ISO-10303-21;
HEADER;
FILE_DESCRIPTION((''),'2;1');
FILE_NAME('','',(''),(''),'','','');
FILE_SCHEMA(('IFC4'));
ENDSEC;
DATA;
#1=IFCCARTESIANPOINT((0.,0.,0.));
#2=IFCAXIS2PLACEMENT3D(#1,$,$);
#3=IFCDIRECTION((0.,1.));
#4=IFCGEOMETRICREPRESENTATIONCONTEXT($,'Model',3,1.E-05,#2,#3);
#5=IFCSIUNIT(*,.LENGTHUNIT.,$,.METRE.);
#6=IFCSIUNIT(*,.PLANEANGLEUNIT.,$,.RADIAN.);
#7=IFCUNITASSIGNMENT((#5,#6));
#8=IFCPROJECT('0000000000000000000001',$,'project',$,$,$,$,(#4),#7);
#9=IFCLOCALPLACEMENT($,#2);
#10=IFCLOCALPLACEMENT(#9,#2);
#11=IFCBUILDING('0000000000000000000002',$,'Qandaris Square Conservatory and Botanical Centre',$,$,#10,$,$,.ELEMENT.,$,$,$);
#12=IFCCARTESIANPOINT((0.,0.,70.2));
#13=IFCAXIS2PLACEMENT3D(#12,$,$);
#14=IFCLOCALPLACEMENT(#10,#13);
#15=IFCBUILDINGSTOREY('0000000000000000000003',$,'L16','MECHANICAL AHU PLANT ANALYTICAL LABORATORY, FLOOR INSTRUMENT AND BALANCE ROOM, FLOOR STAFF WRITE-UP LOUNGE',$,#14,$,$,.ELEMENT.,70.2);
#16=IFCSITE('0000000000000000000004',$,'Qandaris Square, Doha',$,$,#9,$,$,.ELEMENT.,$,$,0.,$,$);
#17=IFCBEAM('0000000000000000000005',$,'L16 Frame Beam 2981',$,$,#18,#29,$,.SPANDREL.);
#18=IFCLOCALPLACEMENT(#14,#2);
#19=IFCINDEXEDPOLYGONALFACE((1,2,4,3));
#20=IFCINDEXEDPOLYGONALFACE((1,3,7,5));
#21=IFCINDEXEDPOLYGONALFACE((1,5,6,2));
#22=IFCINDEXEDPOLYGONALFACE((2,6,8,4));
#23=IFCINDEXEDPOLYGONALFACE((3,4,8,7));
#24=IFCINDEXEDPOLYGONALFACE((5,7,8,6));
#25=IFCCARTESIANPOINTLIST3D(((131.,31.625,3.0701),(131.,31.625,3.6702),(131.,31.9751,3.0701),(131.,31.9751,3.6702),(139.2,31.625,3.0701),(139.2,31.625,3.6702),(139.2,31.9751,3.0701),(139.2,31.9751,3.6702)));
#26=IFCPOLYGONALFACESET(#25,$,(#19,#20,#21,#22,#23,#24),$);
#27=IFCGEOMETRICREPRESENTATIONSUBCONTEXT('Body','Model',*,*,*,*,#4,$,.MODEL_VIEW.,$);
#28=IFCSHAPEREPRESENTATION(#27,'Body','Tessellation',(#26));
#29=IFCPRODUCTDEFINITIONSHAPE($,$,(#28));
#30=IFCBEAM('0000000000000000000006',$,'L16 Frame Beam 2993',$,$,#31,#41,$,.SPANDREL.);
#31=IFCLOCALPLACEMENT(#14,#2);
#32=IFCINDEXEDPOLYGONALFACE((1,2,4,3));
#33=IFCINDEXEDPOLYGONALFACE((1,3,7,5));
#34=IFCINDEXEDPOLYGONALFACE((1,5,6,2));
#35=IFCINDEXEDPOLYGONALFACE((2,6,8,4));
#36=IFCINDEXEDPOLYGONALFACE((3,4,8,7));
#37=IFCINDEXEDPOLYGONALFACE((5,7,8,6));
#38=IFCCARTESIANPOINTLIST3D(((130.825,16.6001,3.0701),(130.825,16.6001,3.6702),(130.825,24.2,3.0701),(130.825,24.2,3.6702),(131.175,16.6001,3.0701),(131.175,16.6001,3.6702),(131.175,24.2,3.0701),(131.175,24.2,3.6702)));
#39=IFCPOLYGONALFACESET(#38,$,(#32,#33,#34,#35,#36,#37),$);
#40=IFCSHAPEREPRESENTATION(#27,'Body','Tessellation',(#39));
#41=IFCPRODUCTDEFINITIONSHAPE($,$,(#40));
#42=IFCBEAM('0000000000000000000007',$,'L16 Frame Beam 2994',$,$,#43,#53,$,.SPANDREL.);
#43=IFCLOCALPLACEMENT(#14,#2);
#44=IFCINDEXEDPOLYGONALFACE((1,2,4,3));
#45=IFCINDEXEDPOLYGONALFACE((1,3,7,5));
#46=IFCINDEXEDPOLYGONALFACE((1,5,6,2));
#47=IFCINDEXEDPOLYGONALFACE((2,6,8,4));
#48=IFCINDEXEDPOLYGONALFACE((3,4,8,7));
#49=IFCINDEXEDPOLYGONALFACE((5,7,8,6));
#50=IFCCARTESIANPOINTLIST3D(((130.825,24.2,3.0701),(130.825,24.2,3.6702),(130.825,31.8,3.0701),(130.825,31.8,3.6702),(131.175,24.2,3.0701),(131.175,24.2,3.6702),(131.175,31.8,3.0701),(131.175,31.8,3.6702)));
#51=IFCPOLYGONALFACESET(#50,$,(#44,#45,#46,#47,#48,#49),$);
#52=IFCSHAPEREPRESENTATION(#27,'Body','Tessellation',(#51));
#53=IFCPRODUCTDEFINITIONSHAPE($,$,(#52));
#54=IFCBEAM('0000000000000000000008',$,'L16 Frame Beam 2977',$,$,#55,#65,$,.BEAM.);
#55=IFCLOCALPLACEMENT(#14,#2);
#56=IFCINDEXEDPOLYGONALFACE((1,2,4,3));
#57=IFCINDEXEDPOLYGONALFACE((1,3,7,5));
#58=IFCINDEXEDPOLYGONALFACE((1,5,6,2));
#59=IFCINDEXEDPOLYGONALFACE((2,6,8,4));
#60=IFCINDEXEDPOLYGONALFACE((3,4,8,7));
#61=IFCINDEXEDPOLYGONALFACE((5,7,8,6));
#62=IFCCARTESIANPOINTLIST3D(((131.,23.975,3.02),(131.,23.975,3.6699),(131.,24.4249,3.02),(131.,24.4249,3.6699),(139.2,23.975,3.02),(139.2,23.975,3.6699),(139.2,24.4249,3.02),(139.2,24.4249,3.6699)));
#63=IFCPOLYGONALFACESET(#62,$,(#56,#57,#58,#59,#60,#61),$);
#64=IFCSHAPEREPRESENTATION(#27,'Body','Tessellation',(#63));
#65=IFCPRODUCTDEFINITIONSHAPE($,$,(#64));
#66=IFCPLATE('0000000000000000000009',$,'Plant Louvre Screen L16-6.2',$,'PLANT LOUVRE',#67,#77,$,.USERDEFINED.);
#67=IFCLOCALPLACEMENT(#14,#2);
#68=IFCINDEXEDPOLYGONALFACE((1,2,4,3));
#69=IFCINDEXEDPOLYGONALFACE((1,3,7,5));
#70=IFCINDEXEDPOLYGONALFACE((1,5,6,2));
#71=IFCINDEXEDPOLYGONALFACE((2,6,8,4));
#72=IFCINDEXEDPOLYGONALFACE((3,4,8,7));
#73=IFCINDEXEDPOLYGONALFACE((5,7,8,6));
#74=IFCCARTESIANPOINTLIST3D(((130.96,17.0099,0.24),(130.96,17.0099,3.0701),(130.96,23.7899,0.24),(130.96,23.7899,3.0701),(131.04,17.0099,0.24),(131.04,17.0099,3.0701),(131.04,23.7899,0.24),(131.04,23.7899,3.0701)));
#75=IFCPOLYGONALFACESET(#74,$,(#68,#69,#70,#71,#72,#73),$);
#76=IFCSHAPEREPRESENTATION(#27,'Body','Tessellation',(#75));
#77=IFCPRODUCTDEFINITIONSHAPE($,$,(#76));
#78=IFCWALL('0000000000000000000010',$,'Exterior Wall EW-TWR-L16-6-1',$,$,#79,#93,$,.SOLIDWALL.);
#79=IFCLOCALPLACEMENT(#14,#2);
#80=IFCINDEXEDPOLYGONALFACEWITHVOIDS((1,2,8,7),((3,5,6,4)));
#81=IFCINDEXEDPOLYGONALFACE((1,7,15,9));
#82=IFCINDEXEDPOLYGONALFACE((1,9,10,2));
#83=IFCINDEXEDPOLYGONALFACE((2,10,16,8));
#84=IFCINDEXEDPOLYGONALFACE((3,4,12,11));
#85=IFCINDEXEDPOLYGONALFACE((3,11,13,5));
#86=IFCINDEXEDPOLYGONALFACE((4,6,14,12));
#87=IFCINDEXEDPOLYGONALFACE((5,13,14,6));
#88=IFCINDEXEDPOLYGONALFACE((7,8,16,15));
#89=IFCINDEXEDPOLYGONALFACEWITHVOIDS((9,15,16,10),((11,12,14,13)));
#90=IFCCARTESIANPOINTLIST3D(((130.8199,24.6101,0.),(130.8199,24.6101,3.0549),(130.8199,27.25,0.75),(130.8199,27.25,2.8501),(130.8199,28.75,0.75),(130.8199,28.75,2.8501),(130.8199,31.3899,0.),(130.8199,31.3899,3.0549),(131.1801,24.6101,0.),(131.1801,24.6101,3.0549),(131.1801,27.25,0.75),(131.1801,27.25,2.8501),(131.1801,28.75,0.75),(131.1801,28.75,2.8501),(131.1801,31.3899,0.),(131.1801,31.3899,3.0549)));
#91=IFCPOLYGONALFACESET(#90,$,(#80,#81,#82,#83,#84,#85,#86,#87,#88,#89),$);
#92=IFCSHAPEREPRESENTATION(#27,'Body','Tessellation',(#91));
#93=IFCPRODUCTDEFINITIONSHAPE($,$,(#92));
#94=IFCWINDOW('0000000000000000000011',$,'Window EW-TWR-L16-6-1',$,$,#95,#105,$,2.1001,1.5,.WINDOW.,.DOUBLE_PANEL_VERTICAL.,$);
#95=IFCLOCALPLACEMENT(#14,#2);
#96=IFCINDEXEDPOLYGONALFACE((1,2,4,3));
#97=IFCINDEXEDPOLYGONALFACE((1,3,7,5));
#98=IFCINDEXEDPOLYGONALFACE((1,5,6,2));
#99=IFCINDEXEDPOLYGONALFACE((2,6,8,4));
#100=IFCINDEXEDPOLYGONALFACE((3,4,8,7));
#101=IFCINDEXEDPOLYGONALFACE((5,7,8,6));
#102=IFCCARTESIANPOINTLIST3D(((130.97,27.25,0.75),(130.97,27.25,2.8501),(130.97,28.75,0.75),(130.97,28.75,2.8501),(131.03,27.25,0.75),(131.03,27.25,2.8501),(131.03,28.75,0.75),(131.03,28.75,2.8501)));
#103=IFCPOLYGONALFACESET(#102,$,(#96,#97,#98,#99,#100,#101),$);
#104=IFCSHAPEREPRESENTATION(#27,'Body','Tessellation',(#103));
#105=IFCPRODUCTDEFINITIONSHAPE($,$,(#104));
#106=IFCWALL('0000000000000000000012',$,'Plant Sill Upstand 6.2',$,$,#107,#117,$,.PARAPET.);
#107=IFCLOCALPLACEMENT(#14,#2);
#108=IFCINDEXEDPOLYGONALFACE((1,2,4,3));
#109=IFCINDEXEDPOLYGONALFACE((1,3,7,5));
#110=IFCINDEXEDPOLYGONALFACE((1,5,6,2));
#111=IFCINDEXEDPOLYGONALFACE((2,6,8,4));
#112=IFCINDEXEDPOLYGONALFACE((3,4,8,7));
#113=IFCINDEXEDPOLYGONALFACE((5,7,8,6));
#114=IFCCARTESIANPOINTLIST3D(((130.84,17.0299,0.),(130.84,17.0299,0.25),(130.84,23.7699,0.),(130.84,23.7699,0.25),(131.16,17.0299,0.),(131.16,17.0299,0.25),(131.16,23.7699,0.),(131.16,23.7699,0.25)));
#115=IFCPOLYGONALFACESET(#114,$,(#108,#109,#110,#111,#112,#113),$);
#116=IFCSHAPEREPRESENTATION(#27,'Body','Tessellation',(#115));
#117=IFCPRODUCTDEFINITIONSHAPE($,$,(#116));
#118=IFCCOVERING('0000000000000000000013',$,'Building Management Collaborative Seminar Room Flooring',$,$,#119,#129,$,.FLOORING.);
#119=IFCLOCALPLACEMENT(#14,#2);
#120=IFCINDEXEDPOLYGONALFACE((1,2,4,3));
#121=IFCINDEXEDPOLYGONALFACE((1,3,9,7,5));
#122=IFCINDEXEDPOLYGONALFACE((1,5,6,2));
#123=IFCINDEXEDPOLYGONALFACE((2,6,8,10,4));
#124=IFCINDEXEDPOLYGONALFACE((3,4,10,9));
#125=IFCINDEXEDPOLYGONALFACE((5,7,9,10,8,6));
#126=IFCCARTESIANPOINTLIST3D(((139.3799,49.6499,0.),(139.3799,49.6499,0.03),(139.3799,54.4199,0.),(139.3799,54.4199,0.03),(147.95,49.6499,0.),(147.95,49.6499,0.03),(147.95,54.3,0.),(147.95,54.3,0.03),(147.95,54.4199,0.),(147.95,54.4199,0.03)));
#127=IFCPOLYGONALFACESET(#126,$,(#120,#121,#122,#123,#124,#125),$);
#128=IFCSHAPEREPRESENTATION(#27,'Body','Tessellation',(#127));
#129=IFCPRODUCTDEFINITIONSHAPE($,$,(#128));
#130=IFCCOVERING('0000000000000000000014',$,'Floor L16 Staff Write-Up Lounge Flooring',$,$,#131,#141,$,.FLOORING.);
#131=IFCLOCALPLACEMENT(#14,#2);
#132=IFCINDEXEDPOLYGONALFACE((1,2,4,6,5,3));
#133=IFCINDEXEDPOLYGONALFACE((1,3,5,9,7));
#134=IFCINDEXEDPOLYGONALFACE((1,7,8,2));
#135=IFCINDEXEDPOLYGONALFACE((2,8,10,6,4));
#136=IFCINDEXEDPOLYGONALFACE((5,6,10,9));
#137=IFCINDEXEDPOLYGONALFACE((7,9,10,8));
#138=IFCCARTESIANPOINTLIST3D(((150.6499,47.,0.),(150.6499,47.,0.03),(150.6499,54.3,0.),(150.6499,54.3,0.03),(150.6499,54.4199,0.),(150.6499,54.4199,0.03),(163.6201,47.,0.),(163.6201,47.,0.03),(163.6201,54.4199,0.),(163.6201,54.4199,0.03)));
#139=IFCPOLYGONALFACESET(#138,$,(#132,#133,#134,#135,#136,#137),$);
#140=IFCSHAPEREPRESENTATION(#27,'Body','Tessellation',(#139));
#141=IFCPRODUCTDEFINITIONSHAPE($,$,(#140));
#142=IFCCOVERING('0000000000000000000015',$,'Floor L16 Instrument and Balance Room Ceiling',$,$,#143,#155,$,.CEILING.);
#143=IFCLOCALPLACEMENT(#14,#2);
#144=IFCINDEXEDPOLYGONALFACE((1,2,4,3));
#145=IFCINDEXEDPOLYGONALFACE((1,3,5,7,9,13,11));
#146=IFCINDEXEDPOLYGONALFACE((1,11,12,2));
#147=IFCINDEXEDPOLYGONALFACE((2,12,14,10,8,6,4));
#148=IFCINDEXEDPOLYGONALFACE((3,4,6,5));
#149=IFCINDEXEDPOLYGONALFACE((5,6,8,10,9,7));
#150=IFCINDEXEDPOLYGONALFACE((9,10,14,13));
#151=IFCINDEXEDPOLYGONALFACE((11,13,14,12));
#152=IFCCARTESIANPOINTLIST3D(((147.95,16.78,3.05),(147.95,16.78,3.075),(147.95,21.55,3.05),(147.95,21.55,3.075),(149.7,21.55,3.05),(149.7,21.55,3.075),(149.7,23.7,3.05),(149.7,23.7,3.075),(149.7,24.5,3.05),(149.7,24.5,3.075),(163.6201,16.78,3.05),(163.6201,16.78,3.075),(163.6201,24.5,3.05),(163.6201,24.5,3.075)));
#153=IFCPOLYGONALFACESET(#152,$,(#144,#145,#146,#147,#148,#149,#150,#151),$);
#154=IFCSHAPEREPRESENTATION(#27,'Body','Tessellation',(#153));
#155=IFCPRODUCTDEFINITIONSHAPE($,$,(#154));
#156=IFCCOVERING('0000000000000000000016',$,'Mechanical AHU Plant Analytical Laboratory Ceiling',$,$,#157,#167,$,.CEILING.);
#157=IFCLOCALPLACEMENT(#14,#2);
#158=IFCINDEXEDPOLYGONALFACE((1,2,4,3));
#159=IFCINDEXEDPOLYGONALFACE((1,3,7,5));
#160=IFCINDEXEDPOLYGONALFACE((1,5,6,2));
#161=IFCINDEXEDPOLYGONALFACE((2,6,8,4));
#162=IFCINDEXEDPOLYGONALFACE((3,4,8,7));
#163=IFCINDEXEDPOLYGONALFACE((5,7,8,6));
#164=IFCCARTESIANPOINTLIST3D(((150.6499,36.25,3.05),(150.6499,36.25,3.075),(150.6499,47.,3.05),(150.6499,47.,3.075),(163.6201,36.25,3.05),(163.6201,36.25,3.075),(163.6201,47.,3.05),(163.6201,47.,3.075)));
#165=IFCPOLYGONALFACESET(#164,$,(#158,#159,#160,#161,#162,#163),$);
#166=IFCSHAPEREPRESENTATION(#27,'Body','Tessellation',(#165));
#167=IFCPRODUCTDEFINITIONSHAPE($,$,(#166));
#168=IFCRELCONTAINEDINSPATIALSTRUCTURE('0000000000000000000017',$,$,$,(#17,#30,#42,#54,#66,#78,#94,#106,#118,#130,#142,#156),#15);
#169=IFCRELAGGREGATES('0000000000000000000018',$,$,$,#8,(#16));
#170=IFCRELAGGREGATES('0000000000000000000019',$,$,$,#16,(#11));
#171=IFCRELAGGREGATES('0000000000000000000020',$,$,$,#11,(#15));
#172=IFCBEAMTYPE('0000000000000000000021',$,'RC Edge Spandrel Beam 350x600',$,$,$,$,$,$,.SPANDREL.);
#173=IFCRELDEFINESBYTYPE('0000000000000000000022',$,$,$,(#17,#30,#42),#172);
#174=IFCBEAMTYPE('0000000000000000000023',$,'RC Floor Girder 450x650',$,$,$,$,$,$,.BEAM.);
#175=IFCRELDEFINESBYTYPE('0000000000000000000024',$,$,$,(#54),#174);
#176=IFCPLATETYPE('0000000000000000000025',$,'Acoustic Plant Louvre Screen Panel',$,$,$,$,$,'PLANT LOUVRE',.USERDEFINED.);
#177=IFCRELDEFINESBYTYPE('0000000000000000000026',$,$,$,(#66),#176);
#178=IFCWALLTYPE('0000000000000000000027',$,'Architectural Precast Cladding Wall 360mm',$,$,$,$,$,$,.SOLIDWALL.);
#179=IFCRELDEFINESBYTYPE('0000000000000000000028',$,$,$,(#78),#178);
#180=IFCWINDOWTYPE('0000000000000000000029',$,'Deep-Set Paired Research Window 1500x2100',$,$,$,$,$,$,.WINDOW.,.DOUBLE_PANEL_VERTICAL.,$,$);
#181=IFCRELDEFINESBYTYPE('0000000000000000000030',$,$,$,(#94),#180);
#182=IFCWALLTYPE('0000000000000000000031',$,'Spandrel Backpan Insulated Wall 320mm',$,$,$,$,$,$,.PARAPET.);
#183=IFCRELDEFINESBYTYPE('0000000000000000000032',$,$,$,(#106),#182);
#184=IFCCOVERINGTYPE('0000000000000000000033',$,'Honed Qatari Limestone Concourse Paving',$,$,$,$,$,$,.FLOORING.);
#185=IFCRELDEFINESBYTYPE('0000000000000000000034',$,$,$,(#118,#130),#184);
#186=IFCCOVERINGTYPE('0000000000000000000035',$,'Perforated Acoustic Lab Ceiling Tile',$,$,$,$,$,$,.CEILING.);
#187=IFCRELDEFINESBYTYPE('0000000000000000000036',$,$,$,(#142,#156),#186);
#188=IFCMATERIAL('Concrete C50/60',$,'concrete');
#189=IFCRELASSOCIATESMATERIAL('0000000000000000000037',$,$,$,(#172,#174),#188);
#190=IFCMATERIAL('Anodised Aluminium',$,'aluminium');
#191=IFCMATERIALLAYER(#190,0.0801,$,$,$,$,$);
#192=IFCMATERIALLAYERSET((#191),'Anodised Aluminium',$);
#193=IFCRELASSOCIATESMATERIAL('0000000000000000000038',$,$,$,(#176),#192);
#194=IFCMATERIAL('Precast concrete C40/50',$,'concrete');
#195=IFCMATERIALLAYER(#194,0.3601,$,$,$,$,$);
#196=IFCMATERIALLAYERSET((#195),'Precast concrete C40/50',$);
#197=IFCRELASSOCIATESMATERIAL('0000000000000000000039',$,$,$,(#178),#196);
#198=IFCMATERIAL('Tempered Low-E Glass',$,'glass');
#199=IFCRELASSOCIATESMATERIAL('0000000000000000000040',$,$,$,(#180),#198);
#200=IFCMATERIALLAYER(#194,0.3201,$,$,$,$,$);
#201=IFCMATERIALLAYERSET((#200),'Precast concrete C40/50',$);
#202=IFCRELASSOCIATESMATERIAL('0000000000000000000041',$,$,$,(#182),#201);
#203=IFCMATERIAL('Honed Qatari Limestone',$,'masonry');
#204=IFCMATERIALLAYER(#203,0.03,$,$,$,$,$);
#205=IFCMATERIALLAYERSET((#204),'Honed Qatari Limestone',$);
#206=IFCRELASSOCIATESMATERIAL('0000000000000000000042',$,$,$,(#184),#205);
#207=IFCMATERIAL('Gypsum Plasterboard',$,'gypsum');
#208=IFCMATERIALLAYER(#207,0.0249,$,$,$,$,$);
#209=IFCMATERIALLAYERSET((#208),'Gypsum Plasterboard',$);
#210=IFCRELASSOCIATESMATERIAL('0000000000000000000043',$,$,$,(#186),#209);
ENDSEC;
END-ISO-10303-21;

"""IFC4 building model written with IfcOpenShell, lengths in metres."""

from ifc_helpers import new_model, si_unit, direction, frame, frame_2d, origin, origin_2d, place, context, subcontext, project, spatial, polyline, rectangle, outline, extrude, material, layer, layer_set, material_profile, profile_set, type_object, element, fill, save


model = new_model("IFC4")

# Units and contexts
model_context = context("Model", 3, precision=1e-05, world=origin(), true_north=direction((0.0, 1.0)))
body_context = subcontext(model_context, "Body", "Model", "MODEL_VIEW")
ifc_project = project(units=[si_unit("LENGTHUNIT", "METRE"), si_unit("PLANEANGLEUNIT", "RADIAN")], contexts=[model_context])

# Site, building, storey
site_placement = place(None, origin())
site = spatial("IfcSite", under=ifc_project, at=site_placement, Name="Qandaris Square, Doha", CompositionType="ELEMENT", RefElevation=0.0)
building_placement = place(site_placement, origin())
building = spatial("IfcBuilding", under=site, at=building_placement, Name="Qandaris Square Conservatory and Botanical Centre", CompositionType="ELEMENT")
storey_placement = place(building_placement, frame((0.0, 0.0, 70.2)))
storey = spatial("IfcBuildingStorey", under=building, at=storey_placement, Name="L16", Description="MECHANICAL AHU PLANT ANALYTICAL LABORATORY, FLOOR INSTRUMENT AND BALANCE ROOM, FLOOR STAFF WRITE-UP LOUNGE", CompositionType="ELEMENT", Elevation=70.2)

# Shared definitions
ifc_material_1 = material(Name="Concrete C50/60", Category="concrete")

# Beams
ifc_material_profile_1 = material_profile(ifc_material_1, rectangle(XDim=0.3501, YDim=0.6001, at=origin_2d()), Name="RC-SP 350x600")
ifc_profile_set_1 = profile_set([ifc_material_profile_1], Name="Concrete C50/60")
beam_type_1 = type_object("IfcBeamType", Name="RC Edge Spandrel Beam 350x600", PredefinedType="SPANDREL", material=ifc_profile_set_1)
for number, where, z_axis, x_axis, name in (
    (1, (131.0, 31.8, 3.3701), (1.0, 0.0, 0.0), (0.0, 1.0, 0.0), "L16 Frame Beam 2981"),
):
    element("IfcBeam", number, at=place(storey_placement, frame(where, z_axis=z_axis, x_axis=x_axis)), inside=storey, type_object=beam_type_1, Name=name, PredefinedType="SPANDREL", context=body_context, shape_type="SweptSolid", body=[
        extrude(rectangle(XDim=0.3501, YDim=0.6001, at=origin_2d()), origin(), (0.0, 0.0, 1.0), 8.2),
    ])
beam_1_placement = place(storey_placement, frame((131.0, 16.6001, 3.3701), z_axis=(0.0, 1.0, 0.0), x_axis=(-1.0, 0.0, 0.0)))
element("IfcBeam", 2, at=beam_1_placement, inside=storey, type_object=beam_type_1, Name="L16 Frame Beam 2993", PredefinedType="SPANDREL", context=body_context, shape_type="SweptSolid", body=[
    extrude(rectangle(XDim=0.3501, YDim=0.6001, at=origin_2d()), origin(), (0.0, 0.0, 1.0), 7.5999),
])
beam_2_placement = place(storey_placement, frame((131.0, 24.2, 3.3701), z_axis=(0.0, 1.0, 0.0), x_axis=(-1.0, 0.0, 0.0)))
element("IfcBeam", 3, at=beam_2_placement, inside=storey, type_object=beam_type_1, Name="L16 Frame Beam 2994", PredefinedType="SPANDREL", context=body_context, shape_type="SweptSolid", body=[
    extrude(rectangle(XDim=0.3501, YDim=0.6001, at=origin_2d()), origin(), (0.0, 0.0, 1.0), 7.6001),
])
ifc_material_profile_2 = material_profile(ifc_material_1, rectangle(XDim=0.45, YDim=0.6499, at=origin_2d()), Name="RC-BM 450x650")
ifc_profile_set_2 = profile_set([ifc_material_profile_2], Name="Concrete C50/60")
beam_type_2 = type_object("IfcBeamType", Name="RC Floor Girder 450x650", PredefinedType="BEAM", material=ifc_profile_set_2)
beam_3_placement = place(storey_placement, frame((131.0, 24.2, 3.345), z_axis=(1.0, 0.0, 0.0), x_axis=(0.0, 1.0, 0.0)))
element("IfcBeam", 4, at=beam_3_placement, inside=storey, type_object=beam_type_2, Name="L16 Frame Beam 2977", PredefinedType="BEAM", context=body_context, shape_type="SweptSolid", body=[
    extrude(rectangle(XDim=0.45, YDim=0.6499, at=origin_2d()), origin(), (0.0, 0.0, 1.0), 8.2),
])

# Plate
ifc_material_2 = material(Name="Anodised Aluminium", Category="aluminium")
ifc_layer_1 = layer(ifc_material_2, 0.0801)
ifc_layer_set_1 = layer_set([ifc_layer_1], Name="Anodised Aluminium")
plate_type = type_object("IfcPlateType", Name="Acoustic Plant Louvre Screen Panel", ElementType="PLANT LOUVRE", PredefinedType="USERDEFINED", material=ifc_layer_set_1)
plate_placement = place(storey_placement, frame((131.0, 20.3999, 0.24), z_axis=(0.0, 0.0, 1.0), x_axis=(0.0, -1.0, 0.0)))
element("IfcPlate", 5, at=plate_placement, inside=storey, type_object=plate_type, Name="Plant Louvre Screen L16-6.2", ObjectType="PLANT LOUVRE", PredefinedType="USERDEFINED", context=body_context, shape_type="SweptSolid", body=[
    extrude(rectangle(XDim=6.78, YDim=0.0801, at=origin_2d()), origin(), (0.0, 0.0, 1.0), 2.8301),
])

# Wall, opening, window
ifc_material_3 = material(Name="Precast concrete C40/50", Category="concrete")
ifc_layer_2 = layer(ifc_material_3, 0.3601)
ifc_layer_set_2 = layer_set([ifc_layer_2], Name="Precast concrete C40/50")
wall_type_1 = type_object("IfcWallType", Name="Architectural Precast Cladding Wall 360mm", PredefinedType="SOLIDWALL", material=ifc_layer_set_2)
wall_1_placement = place(storey_placement, frame((131.0, 31.3899, 0.0), z_axis=(0.0, 0.0, 1.0), x_axis=(0.0, -1.0, 0.0)))
wall_1 = element("IfcWall", 6, at=wall_1_placement, inside=storey, type_object=wall_type_1, Name="Exterior Wall EW-TWR-L16-6-1", PredefinedType="SOLIDWALL", context=body_context, shape_type="SweptSolid", body=[
    extrude(rectangle(XDim=6.7798, YDim=0.3601, at=frame_2d((3.3899, 0.0))), origin(), (0.0, 0.0, 1.0), 3.0549),
])
opening_placement = place(wall_1_placement, frame((2.6399, 0.0, 0.75)))
opening = element("IfcOpeningElement", 7, at=opening_placement, cuts=wall_1, PredefinedType="OPENING", context=body_context, shape_type="SweptSolid", body=[
    extrude(rectangle(XDim=1.5, YDim=2.1001, at=frame_2d((0.75, 1.05))), frame((0.0, 0.1919, 0.0), z_axis=(0.0, -1.0, 0.0), x_axis=(1.0, 0.0, 0.0)), (0.0, 0.0, 1.0), 0.384),
])
ifc_material_4 = material(Name="Tempered Low-E Glass", Category="glass")
window_type = type_object("IfcWindowType", Name="Deep-Set Paired Research Window 1500x2100", PartitioningType="DOUBLE_PANEL_VERTICAL", PredefinedType="WINDOW", material=ifc_material_4)
window_placement = place(opening_placement, origin())
window = element("IfcWindow", 8, at=window_placement, inside=storey, type_object=window_type, Name="Window EW-TWR-L16-6-1", OverallHeight=2.1001, OverallWidth=1.5, PartitioningType="DOUBLE_PANEL_VERTICAL", PredefinedType="WINDOW", context=body_context, shape_type="SweptSolid", body=[
    extrude(rectangle(XDim=1.5, YDim=2.1001, at=frame_2d((0.75, 1.05))), frame((0.0, 0.03, 0.0), z_axis=(0.0, -1.0, 0.0), x_axis=(1.0, 0.0, 0.0)), (0.0, 0.0, 1.0), 0.0601),
])
fill(opening, window)

# Wall
ifc_layer_3 = layer(ifc_material_3, 0.3201)
ifc_layer_set_3 = layer_set([ifc_layer_3], Name="Precast concrete C40/50")
wall_type_2 = type_object("IfcWallType", Name="Spandrel Backpan Insulated Wall 320mm", PredefinedType="PARAPET", material=ifc_layer_set_3)
wall_2_placement = place(storey_placement, frame((131.0, 23.77, 0.0), z_axis=(0.0, 0.0, 1.0), x_axis=(0.0, -1.0, 0.0)))
element("IfcWall", 9, at=wall_2_placement, inside=storey, type_object=wall_type_2, Name="Plant Sill Upstand 6.2", PredefinedType="PARAPET", context=body_context, shape_type="SweptSolid", body=[
    extrude(rectangle(XDim=6.74, YDim=0.3201, at=frame_2d((3.3701, 0.0))), origin(), (0.0, 0.0, 1.0), 0.25),
])

# Coverings
ifc_material_5 = material(Name="Honed Qatari Limestone", Category="masonry")
ifc_layer_4 = layer(ifc_material_5, 0.03)
ifc_layer_set_4 = layer_set([ifc_layer_4], Name="Honed Qatari Limestone")
covering_type_1 = type_object("IfcCoveringType", Name="Honed Qatari Limestone Concourse Paving", PredefinedType="FLOORING", material=ifc_layer_set_4)
covering_1_placement = place(storey_placement, origin())
element("IfcCovering", 10, at=covering_1_placement, inside=storey, type_object=covering_type_1, Name="Building Management Collaborative Seminar Room Flooring", PredefinedType="FLOORING", context=body_context, shape_type="SweptSolid", body=[
    extrude(outline(polyline([(139.3799, 54.4199), (147.95, 54.4199), (147.95, 54.3), (147.95, 49.6499), (139.3799, 49.6499), (139.3799, 54.4199)])), origin(), (0.0, 0.0, 1.0), 0.03),
])
covering_2_placement = place(storey_placement, origin())
element("IfcCovering", 11, at=covering_2_placement, inside=storey, type_object=covering_type_1, Name="Floor L16 Staff Write-Up Lounge Flooring", PredefinedType="FLOORING", context=body_context, shape_type="SweptSolid", body=[
    extrude(outline(polyline([(163.6201, 54.4199), (163.6201, 47.0), (150.6499, 47.0), (150.6499, 54.3), (150.6499, 54.4199), (163.6201, 54.4199)])), origin(), (0.0, 0.0, 1.0), 0.03),
])
ifc_material_6 = material(Name="Gypsum Plasterboard", Category="gypsum")
ifc_layer_5 = layer(ifc_material_6, 0.0249)
ifc_layer_set_5 = layer_set([ifc_layer_5], Name="Gypsum Plasterboard")
covering_type_2 = type_object("IfcCoveringType", Name="Perforated Acoustic Lab Ceiling Tile", PredefinedType="CEILING", material=ifc_layer_set_5)
covering_3_placement = place(storey_placement, frame((0.0, 0.0, 3.05)))
element("IfcCovering", 12, at=covering_3_placement, inside=storey, type_object=covering_type_2, Name="Floor L16 Instrument and Balance Room Ceiling", PredefinedType="CEILING", context=body_context, shape_type="SweptSolid", body=[
    extrude(outline(polyline([(149.7, 24.5), (163.6201, 24.5), (163.6201, 16.78), (147.95, 16.78), (147.95, 21.55), (149.7, 21.55), (149.7, 23.7), (149.7, 24.5)])), origin(), (0.0, 0.0, 1.0), 0.0249),
])
covering_4_placement = place(storey_placement, frame((0.0, 0.0, 3.05)))
element("IfcCovering", 13, at=covering_4_placement, inside=storey, type_object=covering_type_2, Name="Mechanical AHU Plant Analytical Laboratory Ceiling", PredefinedType="CEILING", context=body_context, shape_type="SweptSolid", body=[
    extrude(outline(polyline([(163.6201, 36.25), (150.6499, 36.25), (150.6499, 47.0), (163.6201, 47.0), (163.6201, 36.25)])), origin(), (0.0, 0.0, 1.0), 0.0249),
])

save(model, "model.ifc")
